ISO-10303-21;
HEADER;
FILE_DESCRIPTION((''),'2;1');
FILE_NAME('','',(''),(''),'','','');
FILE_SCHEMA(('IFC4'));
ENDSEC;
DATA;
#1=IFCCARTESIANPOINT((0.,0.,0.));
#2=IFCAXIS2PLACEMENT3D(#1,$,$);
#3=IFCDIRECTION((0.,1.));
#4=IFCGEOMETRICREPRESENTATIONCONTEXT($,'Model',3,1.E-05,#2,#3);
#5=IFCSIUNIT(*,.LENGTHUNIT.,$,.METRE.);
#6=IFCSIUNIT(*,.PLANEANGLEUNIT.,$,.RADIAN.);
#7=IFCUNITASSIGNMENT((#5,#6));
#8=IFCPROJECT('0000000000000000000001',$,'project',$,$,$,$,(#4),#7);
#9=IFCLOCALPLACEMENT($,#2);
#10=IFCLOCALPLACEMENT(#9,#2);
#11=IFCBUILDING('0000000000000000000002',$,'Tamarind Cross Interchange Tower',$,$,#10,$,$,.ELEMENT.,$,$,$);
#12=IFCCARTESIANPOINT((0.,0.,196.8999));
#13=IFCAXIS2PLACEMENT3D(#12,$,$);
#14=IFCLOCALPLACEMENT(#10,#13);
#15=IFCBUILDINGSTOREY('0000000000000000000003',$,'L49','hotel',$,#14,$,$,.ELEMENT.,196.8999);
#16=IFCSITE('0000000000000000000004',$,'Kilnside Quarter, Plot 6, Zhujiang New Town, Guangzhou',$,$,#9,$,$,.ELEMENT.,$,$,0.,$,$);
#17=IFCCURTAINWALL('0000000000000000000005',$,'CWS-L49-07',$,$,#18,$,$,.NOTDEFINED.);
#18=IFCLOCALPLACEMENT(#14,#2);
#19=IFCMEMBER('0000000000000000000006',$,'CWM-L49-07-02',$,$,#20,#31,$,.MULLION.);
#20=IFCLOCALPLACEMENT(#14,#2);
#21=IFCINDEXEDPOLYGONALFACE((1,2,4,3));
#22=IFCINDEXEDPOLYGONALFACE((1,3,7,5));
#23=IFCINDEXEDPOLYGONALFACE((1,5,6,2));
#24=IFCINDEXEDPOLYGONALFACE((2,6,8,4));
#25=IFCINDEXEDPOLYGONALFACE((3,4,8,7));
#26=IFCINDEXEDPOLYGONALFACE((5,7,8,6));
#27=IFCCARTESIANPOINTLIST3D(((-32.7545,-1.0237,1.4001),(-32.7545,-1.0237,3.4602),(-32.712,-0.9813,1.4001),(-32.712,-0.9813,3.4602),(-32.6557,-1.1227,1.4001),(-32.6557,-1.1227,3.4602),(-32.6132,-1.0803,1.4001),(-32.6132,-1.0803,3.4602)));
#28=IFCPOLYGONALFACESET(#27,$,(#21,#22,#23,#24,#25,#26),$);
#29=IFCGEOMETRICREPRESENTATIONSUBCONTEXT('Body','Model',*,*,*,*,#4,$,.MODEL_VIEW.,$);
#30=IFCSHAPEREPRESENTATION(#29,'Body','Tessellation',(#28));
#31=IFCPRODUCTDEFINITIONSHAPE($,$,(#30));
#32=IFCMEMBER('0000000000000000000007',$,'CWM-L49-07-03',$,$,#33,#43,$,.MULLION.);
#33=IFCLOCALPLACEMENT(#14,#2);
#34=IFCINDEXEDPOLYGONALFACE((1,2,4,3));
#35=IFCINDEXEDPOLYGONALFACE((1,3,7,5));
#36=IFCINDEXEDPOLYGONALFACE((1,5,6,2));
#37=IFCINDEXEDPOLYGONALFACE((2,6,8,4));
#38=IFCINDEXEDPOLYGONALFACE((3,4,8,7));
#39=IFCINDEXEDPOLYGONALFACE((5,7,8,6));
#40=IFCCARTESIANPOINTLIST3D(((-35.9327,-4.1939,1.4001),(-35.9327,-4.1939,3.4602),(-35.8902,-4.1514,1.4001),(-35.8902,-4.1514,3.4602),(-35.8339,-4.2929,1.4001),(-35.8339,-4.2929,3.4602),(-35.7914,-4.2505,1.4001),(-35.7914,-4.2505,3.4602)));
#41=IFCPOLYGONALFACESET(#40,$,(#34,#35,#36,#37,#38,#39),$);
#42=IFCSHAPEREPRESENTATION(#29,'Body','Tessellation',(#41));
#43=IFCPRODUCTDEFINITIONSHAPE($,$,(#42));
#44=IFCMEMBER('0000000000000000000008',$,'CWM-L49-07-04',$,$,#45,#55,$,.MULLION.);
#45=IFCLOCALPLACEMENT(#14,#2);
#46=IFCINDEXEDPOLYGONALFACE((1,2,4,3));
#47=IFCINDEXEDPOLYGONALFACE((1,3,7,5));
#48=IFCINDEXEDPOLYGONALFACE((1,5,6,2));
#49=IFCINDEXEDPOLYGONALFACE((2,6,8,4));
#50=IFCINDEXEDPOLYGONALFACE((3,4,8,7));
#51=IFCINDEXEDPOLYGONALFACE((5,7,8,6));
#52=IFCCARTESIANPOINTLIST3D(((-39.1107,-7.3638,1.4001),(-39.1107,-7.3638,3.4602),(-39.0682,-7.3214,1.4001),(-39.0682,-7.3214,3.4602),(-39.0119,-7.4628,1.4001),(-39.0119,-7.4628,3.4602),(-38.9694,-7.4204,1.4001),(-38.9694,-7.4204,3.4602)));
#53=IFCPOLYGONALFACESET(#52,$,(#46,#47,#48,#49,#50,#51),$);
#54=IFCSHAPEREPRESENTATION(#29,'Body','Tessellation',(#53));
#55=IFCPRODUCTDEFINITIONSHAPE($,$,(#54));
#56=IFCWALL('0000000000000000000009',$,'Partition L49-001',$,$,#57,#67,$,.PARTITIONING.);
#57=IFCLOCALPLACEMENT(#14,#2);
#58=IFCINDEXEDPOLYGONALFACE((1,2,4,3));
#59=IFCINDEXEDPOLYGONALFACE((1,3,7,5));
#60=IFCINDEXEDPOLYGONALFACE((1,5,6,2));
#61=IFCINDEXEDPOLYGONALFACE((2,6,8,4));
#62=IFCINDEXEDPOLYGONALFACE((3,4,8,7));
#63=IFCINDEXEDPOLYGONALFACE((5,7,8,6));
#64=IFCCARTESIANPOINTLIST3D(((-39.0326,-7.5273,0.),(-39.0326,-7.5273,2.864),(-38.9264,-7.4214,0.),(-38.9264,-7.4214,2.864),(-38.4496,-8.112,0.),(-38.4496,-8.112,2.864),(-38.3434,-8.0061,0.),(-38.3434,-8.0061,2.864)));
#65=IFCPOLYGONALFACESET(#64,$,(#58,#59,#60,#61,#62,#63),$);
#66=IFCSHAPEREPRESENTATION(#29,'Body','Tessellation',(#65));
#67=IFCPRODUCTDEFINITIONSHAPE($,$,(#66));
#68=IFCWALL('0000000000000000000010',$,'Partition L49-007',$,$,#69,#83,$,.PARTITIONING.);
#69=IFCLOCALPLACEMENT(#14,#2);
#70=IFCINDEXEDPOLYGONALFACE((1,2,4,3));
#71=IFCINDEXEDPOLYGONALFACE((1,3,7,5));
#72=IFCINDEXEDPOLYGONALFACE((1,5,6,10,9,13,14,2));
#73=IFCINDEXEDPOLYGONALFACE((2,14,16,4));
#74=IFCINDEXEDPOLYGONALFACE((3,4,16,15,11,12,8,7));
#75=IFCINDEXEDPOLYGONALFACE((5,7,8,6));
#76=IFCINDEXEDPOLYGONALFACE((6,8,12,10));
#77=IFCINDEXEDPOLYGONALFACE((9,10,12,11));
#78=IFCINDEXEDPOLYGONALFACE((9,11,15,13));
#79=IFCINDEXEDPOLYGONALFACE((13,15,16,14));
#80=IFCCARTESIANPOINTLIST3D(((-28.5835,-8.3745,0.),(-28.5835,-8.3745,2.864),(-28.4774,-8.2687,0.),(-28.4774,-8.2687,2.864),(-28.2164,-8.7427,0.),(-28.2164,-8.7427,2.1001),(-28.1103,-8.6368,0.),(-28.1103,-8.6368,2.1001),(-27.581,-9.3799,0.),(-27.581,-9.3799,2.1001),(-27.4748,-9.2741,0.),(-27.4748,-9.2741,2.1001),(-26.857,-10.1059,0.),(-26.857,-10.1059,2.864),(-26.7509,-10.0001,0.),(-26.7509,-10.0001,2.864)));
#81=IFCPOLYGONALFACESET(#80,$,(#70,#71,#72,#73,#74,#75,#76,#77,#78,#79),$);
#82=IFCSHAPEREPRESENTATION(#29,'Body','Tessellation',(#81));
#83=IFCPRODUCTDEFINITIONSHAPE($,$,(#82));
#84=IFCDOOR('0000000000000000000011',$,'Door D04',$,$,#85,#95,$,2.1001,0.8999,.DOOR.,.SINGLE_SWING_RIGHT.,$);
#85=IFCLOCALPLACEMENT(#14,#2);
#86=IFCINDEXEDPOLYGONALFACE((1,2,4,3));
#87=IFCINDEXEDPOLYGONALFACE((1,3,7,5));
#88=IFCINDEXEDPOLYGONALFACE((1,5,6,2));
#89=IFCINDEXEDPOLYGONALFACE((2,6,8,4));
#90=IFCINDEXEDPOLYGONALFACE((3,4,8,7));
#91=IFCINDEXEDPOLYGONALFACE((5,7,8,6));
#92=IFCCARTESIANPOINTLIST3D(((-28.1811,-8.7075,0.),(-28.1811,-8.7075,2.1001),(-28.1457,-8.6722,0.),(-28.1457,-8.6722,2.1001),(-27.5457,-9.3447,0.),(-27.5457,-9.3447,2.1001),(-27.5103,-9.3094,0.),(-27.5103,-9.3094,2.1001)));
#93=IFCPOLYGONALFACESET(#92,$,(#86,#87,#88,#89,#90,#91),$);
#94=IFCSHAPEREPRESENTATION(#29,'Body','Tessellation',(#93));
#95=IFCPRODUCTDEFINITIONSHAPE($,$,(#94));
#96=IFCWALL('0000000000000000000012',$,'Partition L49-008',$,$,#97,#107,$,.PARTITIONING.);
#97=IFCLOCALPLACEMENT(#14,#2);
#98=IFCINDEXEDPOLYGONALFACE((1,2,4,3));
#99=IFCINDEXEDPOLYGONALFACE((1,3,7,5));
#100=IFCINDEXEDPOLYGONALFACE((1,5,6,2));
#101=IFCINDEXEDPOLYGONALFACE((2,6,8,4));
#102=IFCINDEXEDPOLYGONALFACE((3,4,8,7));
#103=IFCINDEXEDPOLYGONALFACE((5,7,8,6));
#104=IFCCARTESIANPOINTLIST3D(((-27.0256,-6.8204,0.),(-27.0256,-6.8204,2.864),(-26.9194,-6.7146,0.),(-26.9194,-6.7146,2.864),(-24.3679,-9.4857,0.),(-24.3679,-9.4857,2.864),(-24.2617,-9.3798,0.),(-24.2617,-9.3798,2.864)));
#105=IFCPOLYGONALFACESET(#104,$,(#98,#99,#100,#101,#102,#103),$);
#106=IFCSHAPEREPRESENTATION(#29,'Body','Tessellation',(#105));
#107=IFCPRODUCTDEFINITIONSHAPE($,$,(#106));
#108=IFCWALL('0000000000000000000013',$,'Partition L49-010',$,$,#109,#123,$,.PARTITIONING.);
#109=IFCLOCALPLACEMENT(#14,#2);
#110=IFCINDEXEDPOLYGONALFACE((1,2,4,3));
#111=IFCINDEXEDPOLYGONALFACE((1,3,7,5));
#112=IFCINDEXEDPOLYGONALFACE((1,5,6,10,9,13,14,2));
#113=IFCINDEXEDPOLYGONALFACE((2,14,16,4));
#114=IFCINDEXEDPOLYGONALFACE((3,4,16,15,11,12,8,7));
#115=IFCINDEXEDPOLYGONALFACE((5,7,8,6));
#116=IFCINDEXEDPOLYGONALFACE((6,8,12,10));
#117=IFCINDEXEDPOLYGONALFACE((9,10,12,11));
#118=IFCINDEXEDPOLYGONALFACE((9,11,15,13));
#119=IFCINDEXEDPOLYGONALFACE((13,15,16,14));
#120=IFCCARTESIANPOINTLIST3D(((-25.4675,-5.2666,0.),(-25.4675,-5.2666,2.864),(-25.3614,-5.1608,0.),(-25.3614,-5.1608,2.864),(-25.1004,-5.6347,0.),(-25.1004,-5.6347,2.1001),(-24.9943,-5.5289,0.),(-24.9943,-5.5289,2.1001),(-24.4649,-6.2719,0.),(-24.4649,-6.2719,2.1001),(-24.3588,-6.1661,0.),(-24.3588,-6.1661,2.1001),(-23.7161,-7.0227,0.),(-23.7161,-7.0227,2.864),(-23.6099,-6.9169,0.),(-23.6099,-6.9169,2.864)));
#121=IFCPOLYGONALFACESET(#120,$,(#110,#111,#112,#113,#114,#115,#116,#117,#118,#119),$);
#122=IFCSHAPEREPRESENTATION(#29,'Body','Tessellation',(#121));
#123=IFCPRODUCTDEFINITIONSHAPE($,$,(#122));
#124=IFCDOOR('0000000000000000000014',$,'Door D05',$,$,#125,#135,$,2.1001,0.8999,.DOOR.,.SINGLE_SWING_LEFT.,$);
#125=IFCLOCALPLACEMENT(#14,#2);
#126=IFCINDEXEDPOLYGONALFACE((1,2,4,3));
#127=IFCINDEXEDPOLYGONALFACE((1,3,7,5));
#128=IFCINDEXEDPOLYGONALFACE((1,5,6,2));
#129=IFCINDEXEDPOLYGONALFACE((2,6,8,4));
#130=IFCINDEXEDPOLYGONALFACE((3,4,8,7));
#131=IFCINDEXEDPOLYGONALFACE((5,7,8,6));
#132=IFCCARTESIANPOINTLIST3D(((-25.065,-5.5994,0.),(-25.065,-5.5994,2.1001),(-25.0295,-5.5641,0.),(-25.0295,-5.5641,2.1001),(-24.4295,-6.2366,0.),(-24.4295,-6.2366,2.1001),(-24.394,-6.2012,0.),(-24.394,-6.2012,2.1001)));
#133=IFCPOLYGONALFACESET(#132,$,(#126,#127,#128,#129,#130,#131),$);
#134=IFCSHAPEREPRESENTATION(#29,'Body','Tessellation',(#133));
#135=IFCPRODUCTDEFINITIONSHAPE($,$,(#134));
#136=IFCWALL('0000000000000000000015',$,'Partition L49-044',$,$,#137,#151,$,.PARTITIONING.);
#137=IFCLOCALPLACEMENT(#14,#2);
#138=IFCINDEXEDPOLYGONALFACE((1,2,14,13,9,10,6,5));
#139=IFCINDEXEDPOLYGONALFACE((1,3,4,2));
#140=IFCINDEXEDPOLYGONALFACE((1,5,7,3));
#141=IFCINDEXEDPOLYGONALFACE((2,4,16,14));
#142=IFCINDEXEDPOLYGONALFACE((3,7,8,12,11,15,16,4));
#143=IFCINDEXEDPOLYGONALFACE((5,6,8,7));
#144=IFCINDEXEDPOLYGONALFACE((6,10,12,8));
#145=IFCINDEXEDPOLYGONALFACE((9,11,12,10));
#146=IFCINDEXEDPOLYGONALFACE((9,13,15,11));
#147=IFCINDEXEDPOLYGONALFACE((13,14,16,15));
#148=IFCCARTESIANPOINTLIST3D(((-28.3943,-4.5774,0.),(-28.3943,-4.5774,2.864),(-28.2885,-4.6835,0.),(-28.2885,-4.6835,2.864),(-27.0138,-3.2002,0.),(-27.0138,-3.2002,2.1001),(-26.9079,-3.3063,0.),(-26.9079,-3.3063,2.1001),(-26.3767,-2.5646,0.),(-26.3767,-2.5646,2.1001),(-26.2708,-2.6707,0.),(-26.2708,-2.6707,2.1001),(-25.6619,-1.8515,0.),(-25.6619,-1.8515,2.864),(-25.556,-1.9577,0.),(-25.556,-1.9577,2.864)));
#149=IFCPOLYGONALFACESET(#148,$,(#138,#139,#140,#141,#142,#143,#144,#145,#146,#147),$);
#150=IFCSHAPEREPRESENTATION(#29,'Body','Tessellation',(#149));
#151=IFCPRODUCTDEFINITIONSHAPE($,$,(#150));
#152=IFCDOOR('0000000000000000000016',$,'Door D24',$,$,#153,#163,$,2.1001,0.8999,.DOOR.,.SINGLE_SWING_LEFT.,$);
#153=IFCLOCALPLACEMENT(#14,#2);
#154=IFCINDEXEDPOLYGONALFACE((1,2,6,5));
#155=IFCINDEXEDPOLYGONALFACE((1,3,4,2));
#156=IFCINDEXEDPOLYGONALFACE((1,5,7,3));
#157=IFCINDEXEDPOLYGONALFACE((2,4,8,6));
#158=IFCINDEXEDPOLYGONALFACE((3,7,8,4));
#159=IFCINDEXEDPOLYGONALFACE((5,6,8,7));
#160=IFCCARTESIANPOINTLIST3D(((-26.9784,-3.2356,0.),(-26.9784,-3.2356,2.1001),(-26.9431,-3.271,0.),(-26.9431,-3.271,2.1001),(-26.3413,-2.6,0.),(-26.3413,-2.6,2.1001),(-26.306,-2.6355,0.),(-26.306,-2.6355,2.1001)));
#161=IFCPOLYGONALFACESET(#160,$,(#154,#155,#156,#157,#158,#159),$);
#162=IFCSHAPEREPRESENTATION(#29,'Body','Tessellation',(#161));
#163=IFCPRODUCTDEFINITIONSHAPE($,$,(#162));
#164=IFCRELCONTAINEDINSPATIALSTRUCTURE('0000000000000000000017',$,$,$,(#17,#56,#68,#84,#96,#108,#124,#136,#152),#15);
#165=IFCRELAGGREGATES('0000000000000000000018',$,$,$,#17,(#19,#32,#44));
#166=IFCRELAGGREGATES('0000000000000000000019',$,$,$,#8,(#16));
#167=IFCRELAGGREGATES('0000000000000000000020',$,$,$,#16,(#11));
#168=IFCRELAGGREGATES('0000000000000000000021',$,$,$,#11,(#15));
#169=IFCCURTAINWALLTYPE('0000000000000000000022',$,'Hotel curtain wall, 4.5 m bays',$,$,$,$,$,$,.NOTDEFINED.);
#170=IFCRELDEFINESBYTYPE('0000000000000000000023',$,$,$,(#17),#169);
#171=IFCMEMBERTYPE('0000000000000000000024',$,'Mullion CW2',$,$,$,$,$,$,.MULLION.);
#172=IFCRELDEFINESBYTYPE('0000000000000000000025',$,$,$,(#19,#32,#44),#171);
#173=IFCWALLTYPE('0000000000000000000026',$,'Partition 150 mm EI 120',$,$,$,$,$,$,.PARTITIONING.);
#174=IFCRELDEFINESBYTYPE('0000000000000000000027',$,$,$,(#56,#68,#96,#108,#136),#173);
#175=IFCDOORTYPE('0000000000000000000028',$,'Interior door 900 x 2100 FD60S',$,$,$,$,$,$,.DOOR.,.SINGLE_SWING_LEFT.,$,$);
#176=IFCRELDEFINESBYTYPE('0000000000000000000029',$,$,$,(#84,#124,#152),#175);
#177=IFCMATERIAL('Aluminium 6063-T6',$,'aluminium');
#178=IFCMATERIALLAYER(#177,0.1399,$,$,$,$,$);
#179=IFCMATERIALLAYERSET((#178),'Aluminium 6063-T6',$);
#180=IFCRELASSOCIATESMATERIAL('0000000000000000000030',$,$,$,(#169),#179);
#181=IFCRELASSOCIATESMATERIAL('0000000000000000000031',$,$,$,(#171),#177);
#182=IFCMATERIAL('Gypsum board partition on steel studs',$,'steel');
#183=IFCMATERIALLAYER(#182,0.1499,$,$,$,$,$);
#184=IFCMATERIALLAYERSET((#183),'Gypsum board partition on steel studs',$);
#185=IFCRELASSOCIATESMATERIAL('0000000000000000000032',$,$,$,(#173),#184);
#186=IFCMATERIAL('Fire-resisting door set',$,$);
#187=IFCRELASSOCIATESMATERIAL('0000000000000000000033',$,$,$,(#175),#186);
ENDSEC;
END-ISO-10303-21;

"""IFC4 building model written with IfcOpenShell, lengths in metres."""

from ifc_helpers import new_model, si_unit, direction, frame, frame_2d, origin, origin_2d, place, context, subcontext, project, spatial, rectangle, extrude, material, layer, layer_set, material_profile, profile_set, type_object, element, fill, aggregate, save


model = new_model("IFC4")

# Units and contexts
model_context = context("Model", 3, precision=1e-05, world=origin(), true_north=direction((0.0, 1.0)))
body_context = subcontext(model_context, "Body", "Model", "MODEL_VIEW")
ifc_project = project(units=[si_unit("LENGTHUNIT", "METRE"), si_unit("PLANEANGLEUNIT", "RADIAN")], contexts=[model_context])

# Site, building, storey
site_placement = place(None, origin())
site = spatial("IfcSite", under=ifc_project, at=site_placement, Name="Kilnside Quarter, Plot 6, Zhujiang New Town, Guangzhou", CompositionType="ELEMENT", RefElevation=0.0)
building_placement = place(site_placement, origin())
building = spatial("IfcBuilding", under=site, at=building_placement, Name="Tamarind Cross Interchange Tower", CompositionType="ELEMENT")
storey_placement = place(building_placement, frame((0.0, 0.0, 196.8999)))
storey = spatial("IfcBuildingStorey", under=building, at=storey_placement, Name="L49", Description="hotel", CompositionType="ELEMENT", Elevation=196.8999)

# Curtain wall, members
ifc_material_1 = material(Name="Aluminium 6063-T6", Category="aluminium")
ifc_layer_1 = layer(ifc_material_1, 0.1399)
ifc_layer_set_1 = layer_set([ifc_layer_1], Name="Aluminium 6063-T6")
curtain_wall_type = type_object("IfcCurtainWallType", Name="Hotel curtain wall, 4.5 m bays", PredefinedType="NOTDEFINED", material=ifc_layer_set_1)
curtain_wall_placement = place(storey_placement, origin())
curtain_wall = element("IfcCurtainWall", 1, at=curtain_wall_placement, inside=storey, type_object=curtain_wall_type, Name="CWS-L49-07", PredefinedType="NOTDEFINED")
ifc_material_profile_1 = material_profile(ifc_material_1, rectangle(XDim=0.0601, YDim=0.1399, at=origin_2d()), Name="Mullion CW2")
ifc_profile_set_1 = profile_set([ifc_material_profile_1], Name="Aluminium 6063-T6")
member_type = type_object("IfcMemberType", Name="Mullion CW2", PredefinedType="MULLION", material=ifc_profile_set_1)
member_1_placement = place(storey_placement, frame((-32.6838, -1.052, 1.4001), z_axis=(0.0, 0.0, 1.0), x_axis=(-0.708015, -0.706198, 0.0)))
member_1 = element("IfcMember", 2, at=member_1_placement, type_object=member_type, Name="CWM-L49-07-02", PredefinedType="MULLION", context=body_context, shape_type="SweptSolid", body=[
    extrude(rectangle(XDim=0.0601, YDim=0.1399, at=origin_2d()), origin(), (0.0, 0.0, 1.0), 2.0601),
])
member_2_placement = place(storey_placement, frame((-35.8621, -4.2222, 1.4001), z_axis=(0.0, 0.0, 1.0), x_axis=(-0.708015, -0.706198, 0.0)))
member_2 = element("IfcMember", 3, at=member_2_placement, type_object=member_type, Name="CWM-L49-07-03", PredefinedType="MULLION", context=body_context, shape_type="SweptSolid", body=[
    extrude(rectangle(XDim=0.0601, YDim=0.1399, at=origin_2d()), origin(), (0.0, 0.0, 1.0), 2.0601),
])
member_3_placement = place(storey_placement, frame((-39.04, -7.3921, 1.4001), z_axis=(0.0, 0.0, 1.0), x_axis=(-0.708015, -0.706198, 0.0)))
member_3 = element("IfcMember", 4, at=member_3_placement, type_object=member_type, Name="CWM-L49-07-04", PredefinedType="MULLION", context=body_context, shape_type="SweptSolid", body=[
    extrude(rectangle(XDim=0.0601, YDim=0.1399, at=origin_2d()), origin(), (0.0, 0.0, 1.0), 2.0601),
])
aggregate(curtain_wall, [member_1, member_2, member_3])

# Wall
ifc_material_2 = material(Name="Gypsum board partition on steel studs", Category="steel")
ifc_layer_2 = layer(ifc_material_2, 0.1499)
ifc_layer_set_2 = layer_set([ifc_layer_2], Name="Gypsum board partition on steel studs")
wall_type_1 = type_object("IfcWallType", Name="Partition 150 mm EI 120", PredefinedType="PARTITIONING", material=ifc_layer_set_2)
wall_1_placement = place(storey_placement, frame((-38.9795, -7.4744, 0.0), z_axis=(0.0, 0.0, 1.0), x_axis=(0.706071, -0.708141, 0.0)))
element("IfcWall", 5, at=wall_1_placement, inside=storey, type_object=wall_type_1, Name="Partition L49-001", PredefinedType="PARTITIONING", context=body_context, shape_type="SweptSolid", body=[
    extrude(rectangle(XDim=0.8257, YDim=0.1499, at=frame_2d((0.4128, 0.0))), origin(), (0.0, 0.0, 1.0), 2.864),
])

# Wall, opening, door
wall_2_placement = place(storey_placement, frame((-28.5305, -8.3215, 0.0), z_axis=(0.0, 0.0, 1.0), x_axis=(0.706108, -0.708105, 0.0)))
wall_2 = element("IfcWall", 6, at=wall_2_placement, inside=storey, type_object=wall_type_1, Name="Partition L49-007", PredefinedType="PARTITIONING", context=body_context, shape_type="SweptSolid", body=[
    extrude(rectangle(XDim=2.4451, YDim=0.1499, at=frame_2d((1.2227, 0.0))), origin(), (0.0, 0.0, 1.0), 2.864),
])
opening_1_placement = place(wall_2_placement, frame((0.52, 0.0, 0.0)))
opening_1 = element("IfcOpeningElement", 7, at=opening_1_placement, cuts=wall_2, PredefinedType="OPENING", context=body_context, shape_type="SweptSolid", body=[
    extrude(rectangle(XDim=0.8999, YDim=2.1001, at=frame_2d((0.45, 1.05))), frame((0.0, 0.085, 0.0), z_axis=(0.0, -1.0, 0.0), x_axis=(1.0, 0.0, 0.0)), (0.0, 0.0, 1.0), 0.1699),
])
ifc_material_3 = material(Name="Fire-resisting door set")
door_type_1 = type_object("IfcDoorType", Name="Interior door 900 x 2100 FD60S", OperationType="SINGLE_SWING_LEFT", PredefinedType="DOOR", material=ifc_material_3)
door_1_placement = place(opening_1_placement, origin())
door_1 = element("IfcDoor", 8, at=door_1_placement, inside=storey, type_object=door_type_1, Name="Door D04", OperationType="SINGLE_SWING_RIGHT", OverallHeight=2.1001, OverallWidth=0.8999, PredefinedType="DOOR", context=body_context, shape_type="SweptSolid", body=[
    extrude(rectangle(XDim=0.8999, YDim=2.1001, at=frame_2d((0.45, 1.05))), frame((0.0, 0.0249, 0.0), z_axis=(0.0, -1.0, 0.0), x_axis=(1.0, 0.0, 0.0)), (0.0, 0.0, 1.0), 0.05),
])
fill(opening_1, door_1)

# Wall
wall_3_placement = place(storey_placement, frame((-26.9724, -6.7676, 0.0), z_axis=(0.0, 0.0, 1.0), x_axis=(0.706101, -0.708111, 0.0)))
element("IfcWall", 9, at=wall_3_placement, inside=storey, type_object=wall_type_1, Name="Partition L49-008", PredefinedType="PARTITIONING", context=body_context, shape_type="SweptSolid", body=[
    extrude(rectangle(XDim=3.7639, YDim=0.1499, at=frame_2d((1.8818, 0.0))), origin(), (0.0, 0.0, 1.0), 2.864),
])

# Walls, openings, doors
wall_4_placement = place(storey_placement, frame((-25.4146, -5.2136, 0.0), z_axis=(0.0, 0.0, 1.0), x_axis=(0.706171, -0.708041, 0.0)))
wall_4 = element("IfcWall", 10, at=wall_4_placement, inside=storey, type_object=wall_type_1, Name="Partition L49-010", PredefinedType="PARTITIONING", context=body_context, shape_type="SweptSolid", body=[
    extrude(rectangle(XDim=2.4802, YDim=0.1499, at=frame_2d((1.2402, 0.0))), origin(), (0.0, 0.0, 1.0), 2.864),
])
opening_2_placement = place(wall_4_placement, frame((0.52, 0.0, 0.0)))
opening_2 = element("IfcOpeningElement", 11, at=opening_2_placement, cuts=wall_4, PredefinedType="OPENING", context=body_context, shape_type="SweptSolid", body=[
    extrude(rectangle(XDim=0.8999, YDim=2.1001, at=frame_2d((0.45, 1.05))), frame((0.0, 0.085, 0.0), z_axis=(0.0, -1.0, 0.0), x_axis=(1.0, 0.0, 0.0)), (0.0, 0.0, 1.0), 0.1699),
])
door_2_placement = place(opening_2_placement, frame((0.8999, 0.0, 0.0), z_axis=(0.0, 0.0, 1.0), x_axis=(-1.0, 0.0, 0.0)))
door_2 = element("IfcDoor", 12, at=door_2_placement, inside=storey, type_object=door_type_1, Name="Door D05", OperationType="SINGLE_SWING_LEFT", OverallHeight=2.1001, OverallWidth=0.8999, PredefinedType="DOOR", context=body_context, shape_type="SweptSolid", body=[
    extrude(rectangle(XDim=0.8999, YDim=2.1001, at=frame_2d((0.45, 1.05))), frame((0.0, 0.0249, 0.0), z_axis=(0.0, -1.0, 0.0), x_axis=(1.0, 0.0, 0.0)), (0.0, 0.0, 1.0), 0.05),
])
fill(opening_2, door_2)
wall_5_placement = place(storey_placement, frame((-28.3413, -4.6304, 0.0), z_axis=(0.0, 0.0, 1.0), x_axis=(0.70796, 0.706252, 0.0)))
wall_5 = element("IfcWall", 13, at=wall_5_placement, inside=storey, type_object=wall_type_1, Name="Partition L49-044", PredefinedType="PARTITIONING", context=body_context, shape_type="SweptSolid", body=[
    extrude(rectangle(XDim=3.8596, YDim=0.1499, at=frame_2d((1.9297, 0.0))), origin(), (0.0, 0.0, 1.0), 2.864),
])
opening_3_placement = place(wall_5_placement, frame((1.95, 0.0, 0.0)))
opening_3 = element("IfcOpeningElement", 14, at=opening_3_placement, cuts=wall_5, PredefinedType="OPENING", context=body_context, shape_type="SweptSolid", body=[
    extrude(rectangle(XDim=0.8999, YDim=2.1001, at=frame_2d((0.45, 1.05))), frame((0.0, 0.085, 0.0), z_axis=(0.0, -1.0, 0.0), x_axis=(1.0, 0.0, 0.0)), (0.0, 0.0, 1.0), 0.1699),
])
door_3_placement = place(opening_3_placement, origin())
door_3 = element("IfcDoor", 15, at=door_3_placement, inside=storey, type_object=door_type_1, Name="Door D24", OperationType="SINGLE_SWING_LEFT", OverallHeight=2.1001, OverallWidth=0.8999, PredefinedType="DOOR", context=body_context, shape_type="SweptSolid", body=[
    extrude(rectangle(XDim=0.8999, YDim=2.1001, at=frame_2d((0.45, 1.05))), frame((0.0, 0.0249, 0.0), z_axis=(0.0, -1.0, 0.0), x_axis=(1.0, 0.0, 0.0)), (0.0, 0.0, 1.0), 0.05),
])
fill(opening_3, door_3)

save(model, "model.ifc")
